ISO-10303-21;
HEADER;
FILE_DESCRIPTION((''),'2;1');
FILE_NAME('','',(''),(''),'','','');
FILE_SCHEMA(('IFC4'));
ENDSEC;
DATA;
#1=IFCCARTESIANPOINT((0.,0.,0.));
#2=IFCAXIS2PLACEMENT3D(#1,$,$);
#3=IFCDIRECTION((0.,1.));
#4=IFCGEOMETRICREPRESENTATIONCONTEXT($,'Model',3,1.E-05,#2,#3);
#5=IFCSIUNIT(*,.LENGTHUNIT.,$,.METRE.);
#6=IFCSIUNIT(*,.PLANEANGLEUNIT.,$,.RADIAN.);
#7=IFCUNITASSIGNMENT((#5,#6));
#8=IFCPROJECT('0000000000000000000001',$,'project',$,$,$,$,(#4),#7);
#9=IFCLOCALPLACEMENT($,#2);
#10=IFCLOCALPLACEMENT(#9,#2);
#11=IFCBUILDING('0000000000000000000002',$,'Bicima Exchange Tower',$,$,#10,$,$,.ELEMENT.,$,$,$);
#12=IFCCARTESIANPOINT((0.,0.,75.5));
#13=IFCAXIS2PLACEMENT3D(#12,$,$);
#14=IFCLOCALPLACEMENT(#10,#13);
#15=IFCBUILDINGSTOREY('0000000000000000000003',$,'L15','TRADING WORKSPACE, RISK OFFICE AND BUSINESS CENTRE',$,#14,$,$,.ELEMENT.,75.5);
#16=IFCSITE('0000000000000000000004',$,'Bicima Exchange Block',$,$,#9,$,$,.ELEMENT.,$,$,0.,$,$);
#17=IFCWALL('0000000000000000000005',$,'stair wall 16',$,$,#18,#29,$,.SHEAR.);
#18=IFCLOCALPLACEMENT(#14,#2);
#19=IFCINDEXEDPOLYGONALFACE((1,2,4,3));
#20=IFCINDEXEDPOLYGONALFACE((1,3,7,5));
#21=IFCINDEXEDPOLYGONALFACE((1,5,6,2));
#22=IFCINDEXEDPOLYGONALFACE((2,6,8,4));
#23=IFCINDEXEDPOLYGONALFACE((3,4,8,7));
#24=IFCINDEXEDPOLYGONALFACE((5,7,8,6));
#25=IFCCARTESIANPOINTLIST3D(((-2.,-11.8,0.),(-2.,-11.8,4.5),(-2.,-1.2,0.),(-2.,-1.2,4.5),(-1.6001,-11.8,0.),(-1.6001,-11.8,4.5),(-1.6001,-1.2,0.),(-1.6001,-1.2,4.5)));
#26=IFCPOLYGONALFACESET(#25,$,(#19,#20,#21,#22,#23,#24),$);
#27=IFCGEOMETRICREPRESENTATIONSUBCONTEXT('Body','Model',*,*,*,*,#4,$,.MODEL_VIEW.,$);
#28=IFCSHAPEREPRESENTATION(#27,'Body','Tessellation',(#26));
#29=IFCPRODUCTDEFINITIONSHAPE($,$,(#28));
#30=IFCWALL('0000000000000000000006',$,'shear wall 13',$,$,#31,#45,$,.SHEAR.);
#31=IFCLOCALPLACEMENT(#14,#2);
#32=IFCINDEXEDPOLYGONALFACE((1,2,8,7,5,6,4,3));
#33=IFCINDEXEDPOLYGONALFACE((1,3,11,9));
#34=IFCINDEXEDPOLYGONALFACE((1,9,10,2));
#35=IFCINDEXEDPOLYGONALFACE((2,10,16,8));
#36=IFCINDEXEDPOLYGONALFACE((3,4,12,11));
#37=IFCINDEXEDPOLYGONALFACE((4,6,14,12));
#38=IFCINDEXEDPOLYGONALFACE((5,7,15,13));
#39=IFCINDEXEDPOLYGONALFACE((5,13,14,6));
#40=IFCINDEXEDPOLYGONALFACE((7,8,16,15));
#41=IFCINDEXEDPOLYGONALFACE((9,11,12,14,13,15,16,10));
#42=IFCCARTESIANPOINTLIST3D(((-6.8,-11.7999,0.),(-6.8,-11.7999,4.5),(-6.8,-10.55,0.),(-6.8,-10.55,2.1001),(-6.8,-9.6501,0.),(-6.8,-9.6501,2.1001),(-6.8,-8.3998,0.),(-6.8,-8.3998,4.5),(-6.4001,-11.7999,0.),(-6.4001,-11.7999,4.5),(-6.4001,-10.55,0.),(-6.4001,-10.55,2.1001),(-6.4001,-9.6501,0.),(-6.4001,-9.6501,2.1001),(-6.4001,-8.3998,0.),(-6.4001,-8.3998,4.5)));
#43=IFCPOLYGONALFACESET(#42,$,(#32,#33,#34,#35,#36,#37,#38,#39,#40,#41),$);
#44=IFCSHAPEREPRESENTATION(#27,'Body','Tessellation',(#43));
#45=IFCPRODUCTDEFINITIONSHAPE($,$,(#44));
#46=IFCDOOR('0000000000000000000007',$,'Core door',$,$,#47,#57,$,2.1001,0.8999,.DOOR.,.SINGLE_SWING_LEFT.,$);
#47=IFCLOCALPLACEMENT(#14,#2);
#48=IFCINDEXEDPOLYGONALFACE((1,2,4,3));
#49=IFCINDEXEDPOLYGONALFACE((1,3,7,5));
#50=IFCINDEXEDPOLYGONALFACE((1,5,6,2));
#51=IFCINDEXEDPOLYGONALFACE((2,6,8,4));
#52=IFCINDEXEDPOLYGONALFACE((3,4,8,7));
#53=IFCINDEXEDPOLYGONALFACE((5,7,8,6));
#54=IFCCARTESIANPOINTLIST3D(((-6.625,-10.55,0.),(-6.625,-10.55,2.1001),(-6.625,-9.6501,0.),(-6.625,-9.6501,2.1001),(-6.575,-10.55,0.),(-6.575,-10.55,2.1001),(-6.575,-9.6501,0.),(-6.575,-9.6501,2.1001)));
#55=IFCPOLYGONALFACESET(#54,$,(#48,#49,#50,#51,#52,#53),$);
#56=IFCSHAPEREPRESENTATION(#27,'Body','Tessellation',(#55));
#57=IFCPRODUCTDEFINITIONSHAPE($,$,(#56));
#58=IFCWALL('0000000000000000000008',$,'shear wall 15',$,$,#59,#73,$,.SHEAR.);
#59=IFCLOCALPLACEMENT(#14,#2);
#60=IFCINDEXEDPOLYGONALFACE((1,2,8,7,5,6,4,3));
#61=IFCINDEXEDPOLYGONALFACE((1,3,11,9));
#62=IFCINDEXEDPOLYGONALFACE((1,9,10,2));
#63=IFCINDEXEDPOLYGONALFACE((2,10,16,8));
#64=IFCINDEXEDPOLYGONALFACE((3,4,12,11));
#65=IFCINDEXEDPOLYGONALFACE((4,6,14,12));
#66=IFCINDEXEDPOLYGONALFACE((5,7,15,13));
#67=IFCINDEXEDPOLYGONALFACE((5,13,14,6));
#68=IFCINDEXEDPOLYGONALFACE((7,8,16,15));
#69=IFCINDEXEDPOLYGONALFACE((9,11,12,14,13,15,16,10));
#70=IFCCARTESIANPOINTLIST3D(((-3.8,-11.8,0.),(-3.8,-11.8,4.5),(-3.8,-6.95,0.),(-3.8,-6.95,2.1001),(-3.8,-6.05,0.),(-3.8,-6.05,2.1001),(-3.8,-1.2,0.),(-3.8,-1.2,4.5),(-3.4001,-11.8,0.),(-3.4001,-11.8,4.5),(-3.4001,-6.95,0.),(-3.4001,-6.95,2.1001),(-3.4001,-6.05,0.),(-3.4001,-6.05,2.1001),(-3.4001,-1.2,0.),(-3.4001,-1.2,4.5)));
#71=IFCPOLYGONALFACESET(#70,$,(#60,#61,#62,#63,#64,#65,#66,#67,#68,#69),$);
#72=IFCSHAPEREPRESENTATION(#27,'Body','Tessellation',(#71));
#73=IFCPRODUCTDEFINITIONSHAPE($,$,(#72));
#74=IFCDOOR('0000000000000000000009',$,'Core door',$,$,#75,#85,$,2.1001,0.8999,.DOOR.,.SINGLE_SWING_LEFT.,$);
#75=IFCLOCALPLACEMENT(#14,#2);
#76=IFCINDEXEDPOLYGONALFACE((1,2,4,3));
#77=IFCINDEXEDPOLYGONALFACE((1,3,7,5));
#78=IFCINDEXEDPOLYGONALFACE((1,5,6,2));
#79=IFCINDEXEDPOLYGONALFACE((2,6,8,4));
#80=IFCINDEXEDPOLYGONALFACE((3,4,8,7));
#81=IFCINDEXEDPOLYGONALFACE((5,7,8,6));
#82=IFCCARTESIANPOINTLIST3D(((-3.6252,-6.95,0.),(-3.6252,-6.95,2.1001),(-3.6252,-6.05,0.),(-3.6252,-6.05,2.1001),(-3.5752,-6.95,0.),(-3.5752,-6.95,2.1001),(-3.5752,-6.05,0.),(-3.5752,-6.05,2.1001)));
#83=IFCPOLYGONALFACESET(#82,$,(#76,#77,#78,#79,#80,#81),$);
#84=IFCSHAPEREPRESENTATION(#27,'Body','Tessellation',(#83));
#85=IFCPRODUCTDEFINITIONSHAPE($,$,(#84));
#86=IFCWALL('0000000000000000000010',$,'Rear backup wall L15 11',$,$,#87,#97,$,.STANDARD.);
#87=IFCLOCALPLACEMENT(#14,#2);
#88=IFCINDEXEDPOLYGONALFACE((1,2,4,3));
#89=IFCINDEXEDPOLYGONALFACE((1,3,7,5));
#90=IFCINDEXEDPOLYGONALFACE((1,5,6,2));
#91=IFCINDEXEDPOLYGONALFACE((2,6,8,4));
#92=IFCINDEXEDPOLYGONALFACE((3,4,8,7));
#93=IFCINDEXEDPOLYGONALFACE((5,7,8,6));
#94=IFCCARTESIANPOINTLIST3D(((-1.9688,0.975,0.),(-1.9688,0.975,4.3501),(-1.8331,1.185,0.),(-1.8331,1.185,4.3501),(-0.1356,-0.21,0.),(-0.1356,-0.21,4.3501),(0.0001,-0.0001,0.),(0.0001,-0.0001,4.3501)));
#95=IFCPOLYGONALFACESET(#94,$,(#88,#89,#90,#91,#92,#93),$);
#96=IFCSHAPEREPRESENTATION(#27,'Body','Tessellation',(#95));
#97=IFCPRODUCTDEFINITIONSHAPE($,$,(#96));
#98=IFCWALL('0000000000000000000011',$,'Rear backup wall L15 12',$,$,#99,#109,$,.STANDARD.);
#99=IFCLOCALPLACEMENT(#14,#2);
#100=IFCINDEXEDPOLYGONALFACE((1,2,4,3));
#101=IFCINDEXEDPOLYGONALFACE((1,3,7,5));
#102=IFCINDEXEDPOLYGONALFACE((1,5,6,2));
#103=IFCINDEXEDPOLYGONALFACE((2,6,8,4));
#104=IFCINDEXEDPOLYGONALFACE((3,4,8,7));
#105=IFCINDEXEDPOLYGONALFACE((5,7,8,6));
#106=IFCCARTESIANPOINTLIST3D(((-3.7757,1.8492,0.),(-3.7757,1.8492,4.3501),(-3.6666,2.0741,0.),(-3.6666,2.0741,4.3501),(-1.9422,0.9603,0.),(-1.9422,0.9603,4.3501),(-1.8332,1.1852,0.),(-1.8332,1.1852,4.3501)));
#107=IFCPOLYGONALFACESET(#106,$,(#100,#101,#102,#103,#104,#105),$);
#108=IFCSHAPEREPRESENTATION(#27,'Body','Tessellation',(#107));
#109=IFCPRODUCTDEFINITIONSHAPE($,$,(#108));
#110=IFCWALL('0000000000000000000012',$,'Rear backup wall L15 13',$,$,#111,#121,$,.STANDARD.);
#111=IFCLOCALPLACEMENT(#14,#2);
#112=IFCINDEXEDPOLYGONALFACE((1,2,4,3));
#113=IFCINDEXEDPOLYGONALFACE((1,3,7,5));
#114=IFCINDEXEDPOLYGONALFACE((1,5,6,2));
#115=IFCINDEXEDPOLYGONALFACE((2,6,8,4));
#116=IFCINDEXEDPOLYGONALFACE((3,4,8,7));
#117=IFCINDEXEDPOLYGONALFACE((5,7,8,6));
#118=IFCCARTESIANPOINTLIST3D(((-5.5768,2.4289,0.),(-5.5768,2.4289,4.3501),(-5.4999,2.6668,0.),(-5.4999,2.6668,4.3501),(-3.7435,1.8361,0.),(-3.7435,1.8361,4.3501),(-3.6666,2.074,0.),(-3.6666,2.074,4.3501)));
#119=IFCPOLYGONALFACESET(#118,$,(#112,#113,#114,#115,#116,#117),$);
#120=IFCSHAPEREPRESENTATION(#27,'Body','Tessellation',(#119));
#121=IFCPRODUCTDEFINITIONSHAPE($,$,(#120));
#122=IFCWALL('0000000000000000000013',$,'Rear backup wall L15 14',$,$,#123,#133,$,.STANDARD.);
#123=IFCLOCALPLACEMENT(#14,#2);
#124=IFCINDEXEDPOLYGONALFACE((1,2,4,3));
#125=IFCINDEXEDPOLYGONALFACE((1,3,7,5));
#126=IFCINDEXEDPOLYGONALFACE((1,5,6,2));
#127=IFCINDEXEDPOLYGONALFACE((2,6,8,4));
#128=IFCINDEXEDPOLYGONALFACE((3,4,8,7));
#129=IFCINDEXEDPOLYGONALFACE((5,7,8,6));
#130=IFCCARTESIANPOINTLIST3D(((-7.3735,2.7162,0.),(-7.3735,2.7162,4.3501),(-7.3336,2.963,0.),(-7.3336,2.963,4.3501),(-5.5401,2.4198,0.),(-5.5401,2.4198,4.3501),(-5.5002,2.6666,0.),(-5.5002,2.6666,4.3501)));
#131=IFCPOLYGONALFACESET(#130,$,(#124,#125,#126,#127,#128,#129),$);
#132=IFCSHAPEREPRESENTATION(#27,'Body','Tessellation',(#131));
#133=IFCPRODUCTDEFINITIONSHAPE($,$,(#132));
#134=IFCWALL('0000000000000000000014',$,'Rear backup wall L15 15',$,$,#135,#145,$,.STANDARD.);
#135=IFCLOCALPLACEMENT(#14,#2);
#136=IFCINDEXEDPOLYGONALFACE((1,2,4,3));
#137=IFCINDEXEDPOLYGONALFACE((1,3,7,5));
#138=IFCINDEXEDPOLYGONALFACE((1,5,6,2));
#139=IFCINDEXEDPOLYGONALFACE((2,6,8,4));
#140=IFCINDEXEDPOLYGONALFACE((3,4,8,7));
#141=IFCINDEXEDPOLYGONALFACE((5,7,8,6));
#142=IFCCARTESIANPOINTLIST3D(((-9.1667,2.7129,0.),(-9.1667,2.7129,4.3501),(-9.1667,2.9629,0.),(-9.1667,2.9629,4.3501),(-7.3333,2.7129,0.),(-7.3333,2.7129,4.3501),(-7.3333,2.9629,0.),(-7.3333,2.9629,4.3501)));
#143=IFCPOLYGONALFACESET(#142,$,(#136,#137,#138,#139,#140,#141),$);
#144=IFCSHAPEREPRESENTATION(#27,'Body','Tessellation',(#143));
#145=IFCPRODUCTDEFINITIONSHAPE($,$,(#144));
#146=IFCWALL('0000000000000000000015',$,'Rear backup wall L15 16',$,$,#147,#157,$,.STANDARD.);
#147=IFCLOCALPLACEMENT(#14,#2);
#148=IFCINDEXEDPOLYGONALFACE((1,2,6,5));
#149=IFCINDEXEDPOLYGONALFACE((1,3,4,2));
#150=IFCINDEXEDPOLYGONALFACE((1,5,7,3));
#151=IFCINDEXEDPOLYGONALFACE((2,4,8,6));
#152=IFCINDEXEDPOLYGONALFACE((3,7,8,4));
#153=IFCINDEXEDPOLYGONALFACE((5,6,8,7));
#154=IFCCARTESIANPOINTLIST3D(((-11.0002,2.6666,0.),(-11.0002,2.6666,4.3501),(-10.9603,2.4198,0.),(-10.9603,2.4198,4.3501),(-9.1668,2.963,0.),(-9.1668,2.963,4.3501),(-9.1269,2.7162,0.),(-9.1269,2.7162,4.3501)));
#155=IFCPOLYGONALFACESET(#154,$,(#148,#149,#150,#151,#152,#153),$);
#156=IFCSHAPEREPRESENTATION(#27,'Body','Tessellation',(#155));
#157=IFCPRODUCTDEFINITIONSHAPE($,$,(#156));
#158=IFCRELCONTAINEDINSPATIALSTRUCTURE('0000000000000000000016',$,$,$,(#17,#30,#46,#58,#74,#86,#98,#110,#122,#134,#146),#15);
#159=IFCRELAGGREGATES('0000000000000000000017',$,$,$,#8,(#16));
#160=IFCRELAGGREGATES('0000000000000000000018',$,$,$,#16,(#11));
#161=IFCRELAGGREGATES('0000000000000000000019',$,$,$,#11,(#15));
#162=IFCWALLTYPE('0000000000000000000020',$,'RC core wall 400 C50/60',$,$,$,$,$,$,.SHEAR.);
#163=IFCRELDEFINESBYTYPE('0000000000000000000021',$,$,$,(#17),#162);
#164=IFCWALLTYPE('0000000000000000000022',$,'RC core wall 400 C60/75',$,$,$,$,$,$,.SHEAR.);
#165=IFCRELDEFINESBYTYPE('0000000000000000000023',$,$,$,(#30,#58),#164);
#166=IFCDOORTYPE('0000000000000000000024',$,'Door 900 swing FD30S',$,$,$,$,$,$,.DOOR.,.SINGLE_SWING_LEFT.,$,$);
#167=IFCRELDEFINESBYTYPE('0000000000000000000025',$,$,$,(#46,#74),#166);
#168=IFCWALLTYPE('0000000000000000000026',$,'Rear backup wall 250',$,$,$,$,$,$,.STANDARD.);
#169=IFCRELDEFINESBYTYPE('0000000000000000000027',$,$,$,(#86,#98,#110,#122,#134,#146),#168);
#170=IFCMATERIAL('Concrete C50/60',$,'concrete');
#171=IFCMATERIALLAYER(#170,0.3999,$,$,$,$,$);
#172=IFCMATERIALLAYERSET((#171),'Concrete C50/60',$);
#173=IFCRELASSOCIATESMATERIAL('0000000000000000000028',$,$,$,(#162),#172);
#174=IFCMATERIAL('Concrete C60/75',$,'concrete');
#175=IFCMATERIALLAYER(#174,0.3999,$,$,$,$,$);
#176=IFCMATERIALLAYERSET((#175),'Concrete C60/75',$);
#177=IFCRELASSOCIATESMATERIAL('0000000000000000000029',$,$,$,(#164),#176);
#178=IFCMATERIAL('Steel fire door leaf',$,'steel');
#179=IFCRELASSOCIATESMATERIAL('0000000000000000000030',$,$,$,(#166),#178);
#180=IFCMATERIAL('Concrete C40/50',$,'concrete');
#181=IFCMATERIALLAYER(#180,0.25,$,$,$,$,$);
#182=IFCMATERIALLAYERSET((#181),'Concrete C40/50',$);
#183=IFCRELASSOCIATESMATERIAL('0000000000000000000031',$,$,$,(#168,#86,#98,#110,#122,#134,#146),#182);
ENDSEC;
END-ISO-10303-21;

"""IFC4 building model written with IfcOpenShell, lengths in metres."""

from ifc_helpers import new_model, si_unit, direction, frame, frame_2d, origin, place, context, subcontext, project, spatial, rectangle, extrude, material, layer, layer_set, layer_usage, type_object, element, fill, save


model = new_model("IFC4")

# Units and contexts
model_context = context("Model", 3, precision=1e-05, world=origin(), true_north=direction((0.0, 1.0)))
body_context = subcontext(model_context, "Body", "Model", "MODEL_VIEW")
ifc_project = project(units=[si_unit("LENGTHUNIT", "METRE"), si_unit("PLANEANGLEUNIT", "RADIAN")], contexts=[model_context])

# Site, building, storey
site_placement = place(None, origin())
site = spatial("IfcSite", under=ifc_project, at=site_placement, Name="Bicima Exchange Block", CompositionType="ELEMENT", RefElevation=0.0)
building_placement = place(site_placement, origin())
building = spatial("IfcBuilding", under=site, at=building_placement, Name="Bicima Exchange Tower", CompositionType="ELEMENT")
storey_placement = place(building_placement, frame((0.0, 0.0, 75.5)))
storey = spatial("IfcBuildingStorey", under=building, at=storey_placement, Name="L15", Description="TRADING WORKSPACE, RISK OFFICE AND BUSINESS CENTRE", CompositionType="ELEMENT", Elevation=75.5)

# Shared definitions
ifc_material_1 = material(Name="Concrete C40/50", Category="concrete")

# Shared definitions
ifc_material_2 = material(Name="Concrete C50/60", Category="concrete")
ifc_layer_1 = layer(ifc_material_2, 0.3999)
ifc_layer_set_1 = layer_set([ifc_layer_1], Name="Concrete C50/60")
wall_type_1 = type_object("IfcWallType", Name="RC core wall 400 C50/60", PredefinedType="SHEAR", material=ifc_layer_set_1)
ifc_material_3 = material(Name="Steel fire door leaf", Category="steel")

# Wall
wall_1_placement = place(storey_placement, frame((-1.8, -11.8, 0.0), z_axis=(0.0, 0.0, 1.0), x_axis=(0.0, 1.0, 0.0)))
element("IfcWall", 1, at=wall_1_placement, inside=storey, type_object=wall_type_1, Name="stair wall 16", PredefinedType="SHEAR", context=body_context, shape_type="SweptSolid", body=[
    extrude(rectangle(XDim=10.6001, YDim=0.3999, at=frame_2d((5.3, 0.0))), origin(), (0.0, 0.0, 1.0), 4.5),
])

# Walls, openings, doors
ifc_material_4 = material(Name="Concrete C60/75", Category="concrete")
ifc_layer_2 = layer(ifc_material_4, 0.3999)
ifc_layer_set_2 = layer_set([ifc_layer_2], Name="Concrete C60/75")
wall_type_2 = type_object("IfcWallType", Name="RC core wall 400 C60/75", PredefinedType="SHEAR", material=ifc_layer_set_2)
wall_2_placement = place(storey_placement, frame((-6.6001, -11.8, 0.0), z_axis=(0.0, 0.0, 1.0), x_axis=(0.0, 1.0, 0.0)))
wall_2 = element("IfcWall", 2, at=wall_2_placement, inside=storey, type_object=wall_type_2, Name="shear wall 13", PredefinedType="SHEAR", context=body_context, shape_type="SweptSolid", body=[
    extrude(rectangle(XDim=3.4001, YDim=0.3999, at=frame_2d((1.7002, 0.0))), origin(), (0.0, 0.0, 1.0), 4.5),
])
opening_1_placement = place(wall_2_placement, frame((1.25, 0.0, 0.0)))
opening_1 = element("IfcOpeningElement", 3, at=opening_1_placement, cuts=wall_2, PredefinedType="OPENING", context=body_context, shape_type="SweptSolid", body=[
    extrude(rectangle(XDim=0.8999, YDim=2.1001, at=frame_2d((0.45, 1.05))), frame((0.0, 0.2119, 0.0), z_axis=(0.0, -1.0, 0.0), x_axis=(1.0, 0.0, 0.0)), (0.0, 0.0, 1.0), 0.4238),
])
door_type_1 = type_object("IfcDoorType", Name="Door 900 swing FD30S", OperationType="SINGLE_SWING_LEFT", PredefinedType="DOOR", material=ifc_material_3)
door_1_placement = place(opening_1_placement, origin())
door_1 = element("IfcDoor", 4, at=door_1_placement, inside=storey, type_object=door_type_1, Name="Core door", OperationType="SINGLE_SWING_LEFT", OverallHeight=2.1001, OverallWidth=0.8999, PredefinedType="DOOR", context=body_context, shape_type="SweptSolid", body=[
    extrude(rectangle(XDim=0.8999, YDim=2.1001, at=frame_2d((0.45, 1.05))), frame((0.0, 0.0249, 0.0), z_axis=(0.0, -1.0, 0.0), x_axis=(1.0, 0.0, 0.0)), (0.0, 0.0, 1.0), 0.05),
])
fill(opening_1, door_1)
wall_3_placement = place(storey_placement, frame((-3.6001, -11.8, 0.0), z_axis=(0.0, 0.0, 1.0), x_axis=(0.0, 1.0, 0.0)))
wall_3 = element("IfcWall", 5, at=wall_3_placement, inside=storey, type_object=wall_type_2, Name="shear wall 15", PredefinedType="SHEAR", context=body_context, shape_type="SweptSolid", body=[
    extrude(rectangle(XDim=10.6001, YDim=0.3999, at=frame_2d((5.3, 0.0))), origin(), (0.0, 0.0, 1.0), 4.5),
])
opening_2_placement = place(wall_3_placement, frame((4.8501, 0.0, 0.0)))
opening_2 = element("IfcOpeningElement", 6, at=opening_2_placement, cuts=wall_3, PredefinedType="OPENING", context=body_context, shape_type="SweptSolid", body=[
    extrude(rectangle(XDim=0.8999, YDim=2.1001, at=frame_2d((0.45, 1.05))), frame((0.0, 0.2119, 0.0), z_axis=(0.0, -1.0, 0.0), x_axis=(1.0, 0.0, 0.0)), (0.0, 0.0, 1.0), 0.4238),
])
door_2_placement = place(opening_2_placement, frame((0.8999, 0.0, 0.0), z_axis=(0.0, 0.0, 1.0), x_axis=(-1.0, 0.0, 0.0)))
door_2 = element("IfcDoor", 7, at=door_2_placement, inside=storey, type_object=door_type_1, Name="Core door", OperationType="SINGLE_SWING_LEFT", OverallHeight=2.1001, OverallWidth=0.8999, PredefinedType="DOOR", context=body_context, shape_type="SweptSolid", body=[
    extrude(rectangle(XDim=0.8999, YDim=2.1001, at=frame_2d((0.45, 1.05))), frame((0.0, 0.0249, 0.0), z_axis=(0.0, -1.0, 0.0), x_axis=(1.0, 0.0, 0.0)), (0.0, 0.0, 1.0), 0.05),
])
fill(opening_2, door_2)

# Walls
ifc_layer_3 = layer(ifc_material_1, 0.25)
ifc_layer_set_3 = layer_set([ifc_layer_3], Name="Concrete C40/50")
ifc_layer_usage = layer_usage(ifc_layer_set_3, "AXIS2", "POSITIVE", -0.125)
wall_type_3 = type_object("IfcWallType", Name="Rear backup wall 250", PredefinedType="STANDARD", material=ifc_layer_set_3)
wall_4_placement = place(storey_placement, frame((-0.0679, -0.105, 0.0), z_axis=(0.0, 0.0, 1.0), x_axis=(-0.839813, 0.542876, 0.0)))
element("IfcWall", 8, at=wall_4_placement, inside=storey, type_object=wall_type_3, material=ifc_layer_usage, Name="Rear backup wall L15 11", PredefinedType="STANDARD", context=body_context, shape_type="SweptSolid", body=[
    extrude(rectangle(XDim=2.1829, YDim=0.25, at=frame_2d((1.0913, 0.0))), origin(), (0.0, 0.0, 1.0), 4.3501),
])
wall_5_placement = place(storey_placement, frame((-1.8877, 1.0728, 0.0), z_axis=(0.0, 0.0, 1.0), x_axis=(-0.899824, 0.436253, 0.0)))
element("IfcWall", 9, at=wall_5_placement, inside=storey, type_object=wall_type_3, material=ifc_layer_usage, Name="Rear backup wall L15 12", PredefinedType="STANDARD", context=body_context, shape_type="SweptSolid", body=[
    extrude(rectangle(XDim=2.0376, YDim=0.25, at=frame_2d((1.0188, 0.0))), origin(), (0.0, 0.0, 1.0), 4.3501),
])
wall_6_placement = place(storey_placement, frame((-3.7051, 1.9551, 0.0), z_axis=(0.0, 0.0, 1.0), x_axis=(-0.951496, 0.307662, 0.0)))
element("IfcWall", 10, at=wall_6_placement, inside=storey, type_object=wall_type_3, material=ifc_layer_usage, Name="Rear backup wall L15 13", PredefinedType="STANDARD", context=body_context, shape_type="SweptSolid", body=[
    extrude(rectangle(XDim=1.9268, YDim=0.25, at=frame_2d((0.9634, 0.0))), origin(), (0.0, 0.0, 1.0), 4.3501),
])
wall_7_placement = place(storey_placement, frame((-5.52, 2.5432, 0.0), z_axis=(0.0, 0.0, 1.0), x_axis=(-0.987182, 0.1596, 0.0)))
element("IfcWall", 11, at=wall_7_placement, inside=storey, type_object=wall_type_3, material=ifc_layer_usage, Name="Rear backup wall L15 14", PredefinedType="STANDARD", context=body_context, shape_type="SweptSolid", body=[
    extrude(rectangle(XDim=1.8572, YDim=0.25, at=frame_2d((0.9287, 0.0))), origin(), (0.0, 0.0, 1.0), 4.3501),
])
wall_8_placement = place(storey_placement, frame((-7.3333, 2.8379, 0.0), z_axis=(0.0, 0.0, 1.0), x_axis=(-1.0, 0.0, 0.0)))
element("IfcWall", 12, at=wall_8_placement, inside=storey, type_object=wall_type_3, material=ifc_layer_usage, Name="Rear backup wall L15 15", PredefinedType="STANDARD", context=body_context, shape_type="SweptSolid", body=[
    extrude(rectangle(XDim=1.8335, YDim=0.25, at=frame_2d((0.9167, 0.0))), origin(), (0.0, 0.0, 1.0), 4.3501),
])
wall_9_placement = place(storey_placement, frame((-9.1467, 2.8396, 0.0), z_axis=(0.0, 0.0, 1.0), x_axis=(-0.987182, -0.1596, 0.0)))
element("IfcWall", 13, at=wall_9_placement, inside=storey, type_object=wall_type_3, material=ifc_layer_usage, Name="Rear backup wall L15 16", PredefinedType="STANDARD", context=body_context, shape_type="SweptSolid", body=[
    extrude(rectangle(XDim=1.8572, YDim=0.25, at=frame_2d((0.9287, 0.0))), origin(), (0.0, 0.0, 1.0), 4.3501),
])

save(model, "model.ifc")
